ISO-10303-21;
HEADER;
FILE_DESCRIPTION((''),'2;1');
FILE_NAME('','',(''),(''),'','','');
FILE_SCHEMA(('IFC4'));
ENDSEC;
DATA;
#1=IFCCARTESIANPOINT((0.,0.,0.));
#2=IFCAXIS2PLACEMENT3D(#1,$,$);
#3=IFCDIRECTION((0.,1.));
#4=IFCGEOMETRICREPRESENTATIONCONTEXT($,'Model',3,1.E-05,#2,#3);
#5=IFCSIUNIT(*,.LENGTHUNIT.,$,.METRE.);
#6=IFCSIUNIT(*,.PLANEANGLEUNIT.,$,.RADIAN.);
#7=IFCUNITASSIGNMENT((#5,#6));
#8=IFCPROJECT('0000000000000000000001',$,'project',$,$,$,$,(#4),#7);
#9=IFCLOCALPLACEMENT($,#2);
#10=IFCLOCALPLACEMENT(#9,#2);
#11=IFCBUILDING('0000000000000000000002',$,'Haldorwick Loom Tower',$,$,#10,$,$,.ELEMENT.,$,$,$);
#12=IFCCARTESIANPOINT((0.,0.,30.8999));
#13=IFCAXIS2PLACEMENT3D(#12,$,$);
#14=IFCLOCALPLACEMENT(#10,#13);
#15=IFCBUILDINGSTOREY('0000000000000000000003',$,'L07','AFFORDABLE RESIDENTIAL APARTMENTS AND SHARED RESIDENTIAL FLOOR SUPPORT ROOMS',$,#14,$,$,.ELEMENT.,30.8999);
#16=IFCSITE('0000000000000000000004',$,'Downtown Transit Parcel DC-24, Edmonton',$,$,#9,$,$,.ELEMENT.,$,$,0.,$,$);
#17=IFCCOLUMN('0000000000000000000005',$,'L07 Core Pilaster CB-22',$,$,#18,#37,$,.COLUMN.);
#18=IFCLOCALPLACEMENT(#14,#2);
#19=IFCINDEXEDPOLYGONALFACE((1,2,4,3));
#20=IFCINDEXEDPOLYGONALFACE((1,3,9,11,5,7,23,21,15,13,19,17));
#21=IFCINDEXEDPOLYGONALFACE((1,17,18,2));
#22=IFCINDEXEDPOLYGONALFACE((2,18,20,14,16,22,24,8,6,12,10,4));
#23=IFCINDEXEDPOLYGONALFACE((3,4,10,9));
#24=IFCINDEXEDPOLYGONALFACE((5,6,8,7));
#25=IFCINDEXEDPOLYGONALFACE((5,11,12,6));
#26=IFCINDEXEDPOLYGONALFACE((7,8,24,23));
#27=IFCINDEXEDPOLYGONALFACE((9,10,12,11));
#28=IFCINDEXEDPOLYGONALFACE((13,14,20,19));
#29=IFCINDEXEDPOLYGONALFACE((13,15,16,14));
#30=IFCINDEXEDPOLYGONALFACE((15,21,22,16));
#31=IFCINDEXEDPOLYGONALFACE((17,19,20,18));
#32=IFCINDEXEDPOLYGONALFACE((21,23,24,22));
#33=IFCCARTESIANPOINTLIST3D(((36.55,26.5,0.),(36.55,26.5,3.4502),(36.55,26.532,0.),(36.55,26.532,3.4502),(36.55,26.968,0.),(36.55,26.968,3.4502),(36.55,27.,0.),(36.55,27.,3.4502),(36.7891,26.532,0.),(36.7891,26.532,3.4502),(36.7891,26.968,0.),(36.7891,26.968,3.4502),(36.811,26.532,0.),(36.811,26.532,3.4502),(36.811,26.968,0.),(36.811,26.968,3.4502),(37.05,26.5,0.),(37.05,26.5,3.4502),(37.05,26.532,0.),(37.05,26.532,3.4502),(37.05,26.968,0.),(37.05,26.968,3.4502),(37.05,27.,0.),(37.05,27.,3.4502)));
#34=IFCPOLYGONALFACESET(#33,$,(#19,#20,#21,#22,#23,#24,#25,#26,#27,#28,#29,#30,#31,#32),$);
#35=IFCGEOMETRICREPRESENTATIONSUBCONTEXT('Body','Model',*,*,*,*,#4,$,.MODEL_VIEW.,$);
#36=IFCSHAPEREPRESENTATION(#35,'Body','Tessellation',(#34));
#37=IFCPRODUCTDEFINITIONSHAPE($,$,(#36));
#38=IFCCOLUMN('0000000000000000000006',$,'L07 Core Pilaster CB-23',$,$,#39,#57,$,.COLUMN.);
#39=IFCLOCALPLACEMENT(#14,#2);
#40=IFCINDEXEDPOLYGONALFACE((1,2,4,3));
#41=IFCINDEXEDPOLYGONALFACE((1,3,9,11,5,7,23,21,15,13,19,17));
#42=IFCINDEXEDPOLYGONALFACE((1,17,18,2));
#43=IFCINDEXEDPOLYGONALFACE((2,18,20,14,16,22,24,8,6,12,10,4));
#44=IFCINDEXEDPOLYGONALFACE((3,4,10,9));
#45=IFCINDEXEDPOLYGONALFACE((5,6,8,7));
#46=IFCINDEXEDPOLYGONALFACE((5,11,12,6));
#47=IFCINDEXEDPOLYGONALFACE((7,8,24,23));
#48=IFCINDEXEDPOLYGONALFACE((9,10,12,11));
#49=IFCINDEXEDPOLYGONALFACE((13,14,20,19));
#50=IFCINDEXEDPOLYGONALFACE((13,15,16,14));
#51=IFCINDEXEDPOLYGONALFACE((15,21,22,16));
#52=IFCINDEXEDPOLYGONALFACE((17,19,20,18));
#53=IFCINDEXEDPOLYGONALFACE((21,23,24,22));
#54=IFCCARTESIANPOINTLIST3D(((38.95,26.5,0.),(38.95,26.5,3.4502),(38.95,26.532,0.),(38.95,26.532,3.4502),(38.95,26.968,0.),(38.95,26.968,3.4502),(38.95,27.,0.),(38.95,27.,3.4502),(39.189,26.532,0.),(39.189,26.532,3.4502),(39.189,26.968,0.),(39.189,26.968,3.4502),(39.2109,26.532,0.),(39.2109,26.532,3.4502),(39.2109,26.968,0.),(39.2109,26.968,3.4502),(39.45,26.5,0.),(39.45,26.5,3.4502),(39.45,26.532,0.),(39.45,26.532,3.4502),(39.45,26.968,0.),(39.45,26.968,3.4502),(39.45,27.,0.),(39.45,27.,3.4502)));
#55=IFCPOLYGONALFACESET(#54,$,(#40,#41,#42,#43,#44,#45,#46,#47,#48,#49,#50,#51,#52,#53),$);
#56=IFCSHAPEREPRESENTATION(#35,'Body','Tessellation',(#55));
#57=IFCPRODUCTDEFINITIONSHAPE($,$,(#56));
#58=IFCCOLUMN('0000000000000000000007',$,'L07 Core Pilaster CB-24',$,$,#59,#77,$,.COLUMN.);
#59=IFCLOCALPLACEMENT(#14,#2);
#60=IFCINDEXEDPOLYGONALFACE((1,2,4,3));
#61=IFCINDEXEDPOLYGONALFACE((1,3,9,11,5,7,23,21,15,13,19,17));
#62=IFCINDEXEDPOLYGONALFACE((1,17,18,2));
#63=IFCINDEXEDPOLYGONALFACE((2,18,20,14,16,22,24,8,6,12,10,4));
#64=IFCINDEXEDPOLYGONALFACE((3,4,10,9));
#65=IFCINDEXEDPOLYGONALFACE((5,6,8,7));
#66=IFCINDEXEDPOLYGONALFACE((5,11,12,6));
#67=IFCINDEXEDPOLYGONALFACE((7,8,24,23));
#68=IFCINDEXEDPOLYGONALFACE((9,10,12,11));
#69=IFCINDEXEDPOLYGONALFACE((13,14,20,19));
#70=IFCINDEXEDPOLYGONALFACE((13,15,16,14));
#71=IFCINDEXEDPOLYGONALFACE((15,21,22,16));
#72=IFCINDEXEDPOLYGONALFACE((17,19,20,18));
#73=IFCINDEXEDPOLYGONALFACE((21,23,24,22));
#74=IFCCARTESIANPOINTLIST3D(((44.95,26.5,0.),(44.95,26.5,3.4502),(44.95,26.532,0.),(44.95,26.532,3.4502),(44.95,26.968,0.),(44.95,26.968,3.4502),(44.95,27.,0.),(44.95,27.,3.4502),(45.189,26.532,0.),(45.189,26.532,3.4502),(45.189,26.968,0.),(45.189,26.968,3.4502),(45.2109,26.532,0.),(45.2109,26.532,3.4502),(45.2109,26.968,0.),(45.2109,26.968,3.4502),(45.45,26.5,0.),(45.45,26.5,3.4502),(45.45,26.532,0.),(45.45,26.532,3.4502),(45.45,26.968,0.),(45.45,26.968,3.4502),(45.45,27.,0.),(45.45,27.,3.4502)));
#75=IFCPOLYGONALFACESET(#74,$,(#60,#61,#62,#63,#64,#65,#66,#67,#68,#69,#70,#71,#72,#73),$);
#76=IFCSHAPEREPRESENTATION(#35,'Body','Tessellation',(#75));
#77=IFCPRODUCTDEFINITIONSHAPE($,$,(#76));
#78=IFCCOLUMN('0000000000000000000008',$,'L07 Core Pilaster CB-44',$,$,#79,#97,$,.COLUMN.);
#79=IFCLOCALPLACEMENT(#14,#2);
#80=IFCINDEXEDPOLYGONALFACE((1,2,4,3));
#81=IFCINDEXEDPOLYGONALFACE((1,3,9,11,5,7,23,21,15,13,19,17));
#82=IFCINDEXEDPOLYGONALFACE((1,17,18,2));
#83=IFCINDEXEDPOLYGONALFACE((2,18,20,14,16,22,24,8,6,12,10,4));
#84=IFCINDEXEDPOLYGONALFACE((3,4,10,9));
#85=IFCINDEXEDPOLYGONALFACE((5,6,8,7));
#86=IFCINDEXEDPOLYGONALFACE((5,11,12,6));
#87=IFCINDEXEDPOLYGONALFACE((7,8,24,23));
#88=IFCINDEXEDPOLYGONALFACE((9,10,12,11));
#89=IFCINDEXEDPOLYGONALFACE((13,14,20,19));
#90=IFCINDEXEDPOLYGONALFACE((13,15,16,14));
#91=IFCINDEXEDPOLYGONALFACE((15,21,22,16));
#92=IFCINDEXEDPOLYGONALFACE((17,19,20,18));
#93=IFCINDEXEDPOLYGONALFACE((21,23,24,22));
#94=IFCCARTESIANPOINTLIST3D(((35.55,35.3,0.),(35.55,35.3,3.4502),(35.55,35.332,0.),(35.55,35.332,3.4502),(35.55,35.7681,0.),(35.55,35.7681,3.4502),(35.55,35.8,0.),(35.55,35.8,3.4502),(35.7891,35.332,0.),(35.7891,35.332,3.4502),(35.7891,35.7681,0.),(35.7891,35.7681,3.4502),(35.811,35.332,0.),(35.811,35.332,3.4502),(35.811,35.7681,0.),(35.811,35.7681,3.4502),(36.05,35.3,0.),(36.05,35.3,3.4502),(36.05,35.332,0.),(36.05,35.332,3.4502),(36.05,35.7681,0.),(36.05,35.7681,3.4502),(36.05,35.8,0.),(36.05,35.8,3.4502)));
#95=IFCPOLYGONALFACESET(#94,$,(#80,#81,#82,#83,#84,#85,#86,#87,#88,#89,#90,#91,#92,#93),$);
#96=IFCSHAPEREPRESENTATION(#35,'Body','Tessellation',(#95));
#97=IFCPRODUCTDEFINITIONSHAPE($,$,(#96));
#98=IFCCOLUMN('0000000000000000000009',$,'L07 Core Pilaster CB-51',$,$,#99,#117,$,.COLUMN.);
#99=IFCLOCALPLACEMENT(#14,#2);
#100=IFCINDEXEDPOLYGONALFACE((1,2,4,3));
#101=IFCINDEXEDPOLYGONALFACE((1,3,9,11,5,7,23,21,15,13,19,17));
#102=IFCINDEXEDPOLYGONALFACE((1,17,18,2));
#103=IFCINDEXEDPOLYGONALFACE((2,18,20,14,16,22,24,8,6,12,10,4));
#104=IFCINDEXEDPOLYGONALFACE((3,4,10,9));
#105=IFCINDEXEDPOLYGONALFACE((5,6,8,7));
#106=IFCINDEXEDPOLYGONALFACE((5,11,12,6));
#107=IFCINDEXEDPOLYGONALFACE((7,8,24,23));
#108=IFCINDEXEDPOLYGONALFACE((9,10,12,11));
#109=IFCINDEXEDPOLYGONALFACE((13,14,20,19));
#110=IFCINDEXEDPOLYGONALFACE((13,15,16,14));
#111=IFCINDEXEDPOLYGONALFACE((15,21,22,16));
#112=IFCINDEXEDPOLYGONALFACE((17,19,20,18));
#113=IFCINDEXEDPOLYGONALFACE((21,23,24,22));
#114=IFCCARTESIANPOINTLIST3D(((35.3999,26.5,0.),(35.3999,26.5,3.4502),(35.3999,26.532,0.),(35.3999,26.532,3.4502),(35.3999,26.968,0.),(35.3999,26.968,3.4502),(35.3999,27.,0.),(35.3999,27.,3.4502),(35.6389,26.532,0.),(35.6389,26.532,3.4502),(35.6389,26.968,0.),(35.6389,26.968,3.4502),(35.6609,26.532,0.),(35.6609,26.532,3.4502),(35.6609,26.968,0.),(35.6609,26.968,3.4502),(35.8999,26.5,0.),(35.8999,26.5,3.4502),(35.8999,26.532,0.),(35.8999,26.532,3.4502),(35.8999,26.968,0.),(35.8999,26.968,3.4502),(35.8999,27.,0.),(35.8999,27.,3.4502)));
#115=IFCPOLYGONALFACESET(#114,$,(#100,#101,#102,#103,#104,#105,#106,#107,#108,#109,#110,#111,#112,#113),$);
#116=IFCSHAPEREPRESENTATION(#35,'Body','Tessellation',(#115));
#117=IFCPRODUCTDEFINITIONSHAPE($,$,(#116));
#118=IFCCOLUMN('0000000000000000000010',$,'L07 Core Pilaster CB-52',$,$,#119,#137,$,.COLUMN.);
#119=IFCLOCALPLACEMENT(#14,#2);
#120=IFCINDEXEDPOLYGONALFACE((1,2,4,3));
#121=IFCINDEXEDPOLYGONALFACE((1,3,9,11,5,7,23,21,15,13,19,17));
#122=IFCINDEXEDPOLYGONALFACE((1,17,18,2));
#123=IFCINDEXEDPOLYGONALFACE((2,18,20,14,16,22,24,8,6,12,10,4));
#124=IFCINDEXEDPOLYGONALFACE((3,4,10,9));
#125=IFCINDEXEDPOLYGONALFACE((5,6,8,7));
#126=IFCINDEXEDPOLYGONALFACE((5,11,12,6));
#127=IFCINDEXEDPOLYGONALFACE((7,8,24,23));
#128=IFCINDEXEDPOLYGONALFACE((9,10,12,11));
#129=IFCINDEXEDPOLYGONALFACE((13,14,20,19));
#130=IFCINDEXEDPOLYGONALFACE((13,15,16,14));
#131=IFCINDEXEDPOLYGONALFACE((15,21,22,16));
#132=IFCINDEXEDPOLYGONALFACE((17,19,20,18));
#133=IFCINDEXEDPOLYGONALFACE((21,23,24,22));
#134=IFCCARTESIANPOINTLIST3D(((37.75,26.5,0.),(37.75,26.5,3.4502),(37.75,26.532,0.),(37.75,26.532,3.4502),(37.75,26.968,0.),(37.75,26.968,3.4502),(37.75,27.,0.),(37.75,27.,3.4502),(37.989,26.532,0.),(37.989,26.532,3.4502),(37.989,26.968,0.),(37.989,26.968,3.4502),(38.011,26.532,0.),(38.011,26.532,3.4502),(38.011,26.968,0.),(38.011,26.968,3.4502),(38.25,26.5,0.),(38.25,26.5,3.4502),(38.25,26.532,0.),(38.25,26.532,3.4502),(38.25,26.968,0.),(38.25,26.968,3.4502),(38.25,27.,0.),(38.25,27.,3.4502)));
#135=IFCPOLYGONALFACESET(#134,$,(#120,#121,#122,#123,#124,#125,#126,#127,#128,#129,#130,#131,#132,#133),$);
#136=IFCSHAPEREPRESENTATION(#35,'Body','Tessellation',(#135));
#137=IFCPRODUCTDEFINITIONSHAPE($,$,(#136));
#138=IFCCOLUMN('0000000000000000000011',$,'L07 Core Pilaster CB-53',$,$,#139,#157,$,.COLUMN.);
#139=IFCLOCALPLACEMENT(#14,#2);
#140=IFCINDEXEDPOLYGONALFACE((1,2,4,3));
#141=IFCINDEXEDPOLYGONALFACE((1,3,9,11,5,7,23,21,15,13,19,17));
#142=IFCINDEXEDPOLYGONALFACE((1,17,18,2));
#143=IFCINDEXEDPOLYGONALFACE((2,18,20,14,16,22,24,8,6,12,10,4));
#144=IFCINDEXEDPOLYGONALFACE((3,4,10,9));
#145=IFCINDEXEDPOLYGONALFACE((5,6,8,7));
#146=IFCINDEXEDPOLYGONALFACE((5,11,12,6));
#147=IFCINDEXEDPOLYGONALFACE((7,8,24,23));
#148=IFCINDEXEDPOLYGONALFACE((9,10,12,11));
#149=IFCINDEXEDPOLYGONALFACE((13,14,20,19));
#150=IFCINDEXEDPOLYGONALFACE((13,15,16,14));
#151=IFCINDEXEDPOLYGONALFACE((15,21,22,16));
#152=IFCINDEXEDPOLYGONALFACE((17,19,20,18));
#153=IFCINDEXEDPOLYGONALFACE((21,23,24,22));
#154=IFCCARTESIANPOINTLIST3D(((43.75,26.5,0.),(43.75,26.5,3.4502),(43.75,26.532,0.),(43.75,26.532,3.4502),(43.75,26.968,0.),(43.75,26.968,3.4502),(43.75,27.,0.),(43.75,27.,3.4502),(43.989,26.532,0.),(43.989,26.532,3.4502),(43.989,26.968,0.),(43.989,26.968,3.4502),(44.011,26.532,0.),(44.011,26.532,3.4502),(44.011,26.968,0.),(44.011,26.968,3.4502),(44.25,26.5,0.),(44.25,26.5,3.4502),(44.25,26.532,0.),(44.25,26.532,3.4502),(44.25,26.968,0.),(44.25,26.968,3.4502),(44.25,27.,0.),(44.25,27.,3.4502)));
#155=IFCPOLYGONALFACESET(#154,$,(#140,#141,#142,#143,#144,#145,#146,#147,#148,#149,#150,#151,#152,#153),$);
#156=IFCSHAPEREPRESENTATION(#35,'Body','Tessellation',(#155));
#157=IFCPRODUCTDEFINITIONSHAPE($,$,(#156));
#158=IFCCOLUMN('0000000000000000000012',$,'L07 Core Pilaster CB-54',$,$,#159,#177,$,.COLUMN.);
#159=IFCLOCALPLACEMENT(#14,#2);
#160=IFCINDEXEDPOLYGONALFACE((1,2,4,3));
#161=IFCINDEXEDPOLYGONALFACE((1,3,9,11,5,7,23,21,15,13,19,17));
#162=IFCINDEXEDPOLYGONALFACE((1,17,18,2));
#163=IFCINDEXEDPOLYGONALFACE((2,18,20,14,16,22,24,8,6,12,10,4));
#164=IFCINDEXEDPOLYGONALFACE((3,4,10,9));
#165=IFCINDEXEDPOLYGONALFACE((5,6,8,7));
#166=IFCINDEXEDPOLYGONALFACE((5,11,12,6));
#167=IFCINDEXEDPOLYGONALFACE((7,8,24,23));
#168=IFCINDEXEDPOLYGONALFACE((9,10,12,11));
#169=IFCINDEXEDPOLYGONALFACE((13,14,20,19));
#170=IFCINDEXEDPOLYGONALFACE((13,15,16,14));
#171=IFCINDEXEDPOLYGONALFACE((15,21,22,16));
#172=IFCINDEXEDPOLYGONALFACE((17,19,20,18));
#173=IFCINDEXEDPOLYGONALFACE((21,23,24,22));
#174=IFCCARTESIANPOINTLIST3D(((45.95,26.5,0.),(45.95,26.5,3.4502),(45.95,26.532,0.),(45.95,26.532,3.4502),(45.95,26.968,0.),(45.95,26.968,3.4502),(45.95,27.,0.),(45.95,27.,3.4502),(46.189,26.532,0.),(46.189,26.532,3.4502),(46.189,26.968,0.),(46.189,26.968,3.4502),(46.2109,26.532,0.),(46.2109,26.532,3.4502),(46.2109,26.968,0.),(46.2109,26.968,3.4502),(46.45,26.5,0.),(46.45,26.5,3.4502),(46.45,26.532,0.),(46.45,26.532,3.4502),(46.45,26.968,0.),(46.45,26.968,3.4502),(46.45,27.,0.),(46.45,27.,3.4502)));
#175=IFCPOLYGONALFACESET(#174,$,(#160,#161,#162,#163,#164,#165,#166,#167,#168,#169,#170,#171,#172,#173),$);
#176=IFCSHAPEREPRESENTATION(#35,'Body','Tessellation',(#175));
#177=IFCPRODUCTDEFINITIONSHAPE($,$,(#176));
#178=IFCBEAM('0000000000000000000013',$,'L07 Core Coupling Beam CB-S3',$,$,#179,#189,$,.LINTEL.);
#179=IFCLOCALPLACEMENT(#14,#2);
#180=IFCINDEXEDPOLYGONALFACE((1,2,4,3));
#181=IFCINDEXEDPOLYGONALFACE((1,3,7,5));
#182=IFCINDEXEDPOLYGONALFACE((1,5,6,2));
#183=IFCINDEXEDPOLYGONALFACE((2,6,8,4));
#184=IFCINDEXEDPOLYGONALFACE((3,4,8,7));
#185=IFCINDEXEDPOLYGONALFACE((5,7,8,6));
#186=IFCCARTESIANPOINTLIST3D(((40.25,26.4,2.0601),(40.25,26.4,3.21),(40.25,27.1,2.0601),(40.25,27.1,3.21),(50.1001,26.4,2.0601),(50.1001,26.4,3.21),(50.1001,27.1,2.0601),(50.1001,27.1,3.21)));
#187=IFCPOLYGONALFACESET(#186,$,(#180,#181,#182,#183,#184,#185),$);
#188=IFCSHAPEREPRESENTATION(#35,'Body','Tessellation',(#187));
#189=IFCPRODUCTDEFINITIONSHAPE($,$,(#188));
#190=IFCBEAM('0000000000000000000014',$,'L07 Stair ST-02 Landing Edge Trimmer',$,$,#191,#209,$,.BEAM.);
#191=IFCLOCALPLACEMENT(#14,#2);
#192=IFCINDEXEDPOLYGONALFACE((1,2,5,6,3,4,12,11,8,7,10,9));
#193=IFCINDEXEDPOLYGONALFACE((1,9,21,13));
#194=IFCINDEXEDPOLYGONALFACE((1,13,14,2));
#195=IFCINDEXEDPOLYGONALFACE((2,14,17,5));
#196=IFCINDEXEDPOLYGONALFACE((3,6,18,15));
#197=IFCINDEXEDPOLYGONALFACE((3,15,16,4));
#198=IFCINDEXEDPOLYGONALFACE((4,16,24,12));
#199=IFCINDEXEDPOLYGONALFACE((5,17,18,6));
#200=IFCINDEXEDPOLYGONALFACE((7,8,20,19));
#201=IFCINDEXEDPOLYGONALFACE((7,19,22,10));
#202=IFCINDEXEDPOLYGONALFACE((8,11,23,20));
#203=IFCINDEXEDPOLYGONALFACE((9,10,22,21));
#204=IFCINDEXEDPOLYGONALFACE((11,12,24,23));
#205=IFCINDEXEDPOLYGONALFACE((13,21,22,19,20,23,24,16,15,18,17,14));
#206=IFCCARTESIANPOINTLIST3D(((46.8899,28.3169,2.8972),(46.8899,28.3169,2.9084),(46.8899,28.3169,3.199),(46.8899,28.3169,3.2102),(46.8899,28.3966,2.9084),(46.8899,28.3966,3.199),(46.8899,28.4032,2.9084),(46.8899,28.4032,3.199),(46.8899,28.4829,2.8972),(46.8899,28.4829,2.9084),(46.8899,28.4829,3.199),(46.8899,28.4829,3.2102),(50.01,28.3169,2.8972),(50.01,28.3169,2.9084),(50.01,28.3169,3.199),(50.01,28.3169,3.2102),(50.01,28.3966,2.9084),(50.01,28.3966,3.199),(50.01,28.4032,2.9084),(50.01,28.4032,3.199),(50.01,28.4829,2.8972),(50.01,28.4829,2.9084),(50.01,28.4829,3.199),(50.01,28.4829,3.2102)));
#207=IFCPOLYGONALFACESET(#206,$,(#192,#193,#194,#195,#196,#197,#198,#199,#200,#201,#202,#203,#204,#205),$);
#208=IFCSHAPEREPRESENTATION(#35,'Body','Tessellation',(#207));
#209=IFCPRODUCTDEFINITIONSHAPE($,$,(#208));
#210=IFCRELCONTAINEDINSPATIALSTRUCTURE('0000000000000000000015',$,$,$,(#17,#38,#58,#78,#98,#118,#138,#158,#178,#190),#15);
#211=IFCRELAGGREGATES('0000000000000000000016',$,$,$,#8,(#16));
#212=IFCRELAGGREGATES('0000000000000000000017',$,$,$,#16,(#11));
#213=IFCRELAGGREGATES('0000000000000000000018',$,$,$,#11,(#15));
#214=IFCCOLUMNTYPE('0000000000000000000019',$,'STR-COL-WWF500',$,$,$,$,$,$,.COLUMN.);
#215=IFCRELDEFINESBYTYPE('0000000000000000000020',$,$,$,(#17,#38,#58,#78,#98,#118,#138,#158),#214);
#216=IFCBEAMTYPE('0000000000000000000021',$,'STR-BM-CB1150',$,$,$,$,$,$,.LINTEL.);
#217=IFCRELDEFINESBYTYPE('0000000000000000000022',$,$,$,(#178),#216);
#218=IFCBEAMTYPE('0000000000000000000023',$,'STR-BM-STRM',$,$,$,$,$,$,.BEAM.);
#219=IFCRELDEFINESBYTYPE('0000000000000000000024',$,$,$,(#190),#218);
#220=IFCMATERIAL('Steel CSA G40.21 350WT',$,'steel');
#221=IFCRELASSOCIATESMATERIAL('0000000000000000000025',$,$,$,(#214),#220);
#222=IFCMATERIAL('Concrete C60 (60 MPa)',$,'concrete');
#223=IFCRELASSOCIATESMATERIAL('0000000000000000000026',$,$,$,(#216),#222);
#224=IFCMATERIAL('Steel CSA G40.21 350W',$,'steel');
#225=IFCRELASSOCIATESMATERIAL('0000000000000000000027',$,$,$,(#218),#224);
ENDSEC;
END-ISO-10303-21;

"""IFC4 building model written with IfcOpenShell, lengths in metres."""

from ifc_helpers import new_model, si_unit, direction, frame, origin, origin_2d, place, context, subcontext, project, spatial, rectangle, i_section, extrude, material, material_profile, profile_set, type_object, element, save


model = new_model("IFC4")

# Units and contexts
model_context = context("Model", 3, precision=1e-05, world=origin(), true_north=direction((0.0, 1.0)))
body_context = subcontext(model_context, "Body", "Model", "MODEL_VIEW")
ifc_project = project(units=[si_unit("LENGTHUNIT", "METRE"), si_unit("PLANEANGLEUNIT", "RADIAN")], contexts=[model_context])

# Site, building, storey
site_placement = place(None, origin())
site = spatial("IfcSite", under=ifc_project, at=site_placement, Name="Downtown Transit Parcel DC-24, Edmonton", CompositionType="ELEMENT", RefElevation=0.0)
building_placement = place(site_placement, origin())
building = spatial("IfcBuilding", under=site, at=building_placement, Name="Haldorwick Loom Tower", CompositionType="ELEMENT")
storey_placement = place(building_placement, frame((0.0, 0.0, 30.8999)))
storey = spatial("IfcBuildingStorey", under=building, at=storey_placement, Name="L07", Description="AFFORDABLE RESIDENTIAL APARTMENTS AND SHARED RESIDENTIAL FLOOR SUPPORT ROOMS", CompositionType="ELEMENT", Elevation=30.8999)

# Columns
ifc_material_1 = material(Name="Steel CSA G40.21 350WT", Category="steel")
ifc_material_profile_1 = material_profile(ifc_material_1, i_section(OverallWidth=0.5, OverallDepth=0.5, WebThickness=0.022, FlangeThickness=0.032, at=origin_2d()), Name="WWF500X500", Category="steel")
ifc_profile_set_1 = profile_set([ifc_material_profile_1], Name="Steel CSA G40.21 350WT")
column_type = type_object("IfcColumnType", Name="STR-COL-WWF500", PredefinedType="COLUMN", material=ifc_profile_set_1)
for number, where, z_axis, x_axis, name in (
    (1, (36.8, 26.75, 0.0), (0.0, 0.0, 1.0), (1.0, 0.0, 0.0), "L07 Core Pilaster CB-22"),
    (2, (39.2, 26.75, 0.0), (0.0, 0.0, 1.0), (1.0, 0.0, 0.0), "L07 Core Pilaster CB-23"),
    (3, (45.2, 26.75, 0.0), (0.0, 0.0, 1.0), (1.0, 0.0, 0.0), "L07 Core Pilaster CB-24"),
    (4, (35.8, 35.55, 0.0), (0.0, 0.0, 1.0), (1.0, 0.0, 0.0), "L07 Core Pilaster CB-44"),
    (5, (35.6499, 26.75, 0.0), (0.0, 0.0, 1.0), (1.0, 0.0, 0.0), "L07 Core Pilaster CB-51"),
    (6, (38.0, 26.75, 0.0), (0.0, 0.0, 1.0), (1.0, 0.0, 0.0), "L07 Core Pilaster CB-52"),
    (7, (44.0, 26.75, 0.0), (0.0, 0.0, 1.0), (1.0, 0.0, 0.0), "L07 Core Pilaster CB-53"),
    (8, (46.2, 26.75, 0.0), (0.0, 0.0, 1.0), (1.0, 0.0, 0.0), "L07 Core Pilaster CB-54"),
):
    element("IfcColumn", number, at=place(storey_placement, frame(where, z_axis=z_axis, x_axis=x_axis)), inside=storey, type_object=column_type, Name=name, PredefinedType="COLUMN", context=body_context, shape_type="SweptSolid", body=[
        extrude(i_section(OverallWidth=0.5, OverallDepth=0.5, WebThickness=0.022, FlangeThickness=0.032, at=origin_2d()), origin(), (0.0, 0.0, 1.0), 3.4502),
    ])

# Beams
ifc_material_2 = material(Name="Concrete C60 (60 MPa)", Category="concrete")
ifc_material_profile_2 = material_profile(ifc_material_2, rectangle(XDim=0.7, YDim=1.1499, at=origin_2d()), Name="RC700X1150", Category="concrete")
ifc_profile_set_2 = profile_set([ifc_material_profile_2], Name="Concrete C60 (60 MPa)")
beam_type_1 = type_object("IfcBeamType", Name="STR-BM-CB1150", PredefinedType="LINTEL", material=ifc_profile_set_2)
beam_placement = place(storey_placement, frame((40.25, 26.75, 2.635), z_axis=(1.0, 0.0, 0.0), x_axis=(0.0, 1.0, 0.0)))
element("IfcBeam", 9, at=beam_placement, inside=storey, type_object=beam_type_1, Name="L07 Core Coupling Beam CB-S3", PredefinedType="LINTEL", context=body_context, shape_type="SweptSolid", body=[
    extrude(rectangle(XDim=0.7, YDim=1.1499, at=origin_2d()), origin(), (0.0, 0.0, 1.0), 9.8501),
])
ifc_material_3 = material(Name="Steel CSA G40.21 350W", Category="steel")
ifc_material_profile_3 = material_profile(ifc_material_3, i_section(OverallWidth=0.166, OverallDepth=0.313, WebThickness=0.0066, FlangeThickness=0.0112, at=origin_2d()), Name="W310X45", Category="steel")
ifc_profile_set_3 = profile_set([ifc_material_profile_3], Name="Steel CSA G40.21 350W")
beam_type_2 = type_object("IfcBeamType", Name="STR-BM-STRM", PredefinedType="BEAM", material=ifc_profile_set_3)
for number, where, z_axis, x_axis, name in (
    (10, (46.8899, 28.3999, 3.0537), (1.0, 0.0, 0.0), (0.0, 1.0, 0.0), "L07 Stair ST-02 Landing Edge Trimmer"),
):
    element("IfcBeam", number, at=place(storey_placement, frame(where, z_axis=z_axis, x_axis=x_axis)), inside=storey, type_object=beam_type_2, Name=name, PredefinedType="BEAM", context=body_context, shape_type="SweptSolid", body=[
        extrude(i_section(OverallWidth=0.166, OverallDepth=0.313, WebThickness=0.0066, FlangeThickness=0.0112, at=origin_2d()), origin(), (0.0, 0.0, 1.0), 3.1201),
    ])

save(model, "model.ifc")
